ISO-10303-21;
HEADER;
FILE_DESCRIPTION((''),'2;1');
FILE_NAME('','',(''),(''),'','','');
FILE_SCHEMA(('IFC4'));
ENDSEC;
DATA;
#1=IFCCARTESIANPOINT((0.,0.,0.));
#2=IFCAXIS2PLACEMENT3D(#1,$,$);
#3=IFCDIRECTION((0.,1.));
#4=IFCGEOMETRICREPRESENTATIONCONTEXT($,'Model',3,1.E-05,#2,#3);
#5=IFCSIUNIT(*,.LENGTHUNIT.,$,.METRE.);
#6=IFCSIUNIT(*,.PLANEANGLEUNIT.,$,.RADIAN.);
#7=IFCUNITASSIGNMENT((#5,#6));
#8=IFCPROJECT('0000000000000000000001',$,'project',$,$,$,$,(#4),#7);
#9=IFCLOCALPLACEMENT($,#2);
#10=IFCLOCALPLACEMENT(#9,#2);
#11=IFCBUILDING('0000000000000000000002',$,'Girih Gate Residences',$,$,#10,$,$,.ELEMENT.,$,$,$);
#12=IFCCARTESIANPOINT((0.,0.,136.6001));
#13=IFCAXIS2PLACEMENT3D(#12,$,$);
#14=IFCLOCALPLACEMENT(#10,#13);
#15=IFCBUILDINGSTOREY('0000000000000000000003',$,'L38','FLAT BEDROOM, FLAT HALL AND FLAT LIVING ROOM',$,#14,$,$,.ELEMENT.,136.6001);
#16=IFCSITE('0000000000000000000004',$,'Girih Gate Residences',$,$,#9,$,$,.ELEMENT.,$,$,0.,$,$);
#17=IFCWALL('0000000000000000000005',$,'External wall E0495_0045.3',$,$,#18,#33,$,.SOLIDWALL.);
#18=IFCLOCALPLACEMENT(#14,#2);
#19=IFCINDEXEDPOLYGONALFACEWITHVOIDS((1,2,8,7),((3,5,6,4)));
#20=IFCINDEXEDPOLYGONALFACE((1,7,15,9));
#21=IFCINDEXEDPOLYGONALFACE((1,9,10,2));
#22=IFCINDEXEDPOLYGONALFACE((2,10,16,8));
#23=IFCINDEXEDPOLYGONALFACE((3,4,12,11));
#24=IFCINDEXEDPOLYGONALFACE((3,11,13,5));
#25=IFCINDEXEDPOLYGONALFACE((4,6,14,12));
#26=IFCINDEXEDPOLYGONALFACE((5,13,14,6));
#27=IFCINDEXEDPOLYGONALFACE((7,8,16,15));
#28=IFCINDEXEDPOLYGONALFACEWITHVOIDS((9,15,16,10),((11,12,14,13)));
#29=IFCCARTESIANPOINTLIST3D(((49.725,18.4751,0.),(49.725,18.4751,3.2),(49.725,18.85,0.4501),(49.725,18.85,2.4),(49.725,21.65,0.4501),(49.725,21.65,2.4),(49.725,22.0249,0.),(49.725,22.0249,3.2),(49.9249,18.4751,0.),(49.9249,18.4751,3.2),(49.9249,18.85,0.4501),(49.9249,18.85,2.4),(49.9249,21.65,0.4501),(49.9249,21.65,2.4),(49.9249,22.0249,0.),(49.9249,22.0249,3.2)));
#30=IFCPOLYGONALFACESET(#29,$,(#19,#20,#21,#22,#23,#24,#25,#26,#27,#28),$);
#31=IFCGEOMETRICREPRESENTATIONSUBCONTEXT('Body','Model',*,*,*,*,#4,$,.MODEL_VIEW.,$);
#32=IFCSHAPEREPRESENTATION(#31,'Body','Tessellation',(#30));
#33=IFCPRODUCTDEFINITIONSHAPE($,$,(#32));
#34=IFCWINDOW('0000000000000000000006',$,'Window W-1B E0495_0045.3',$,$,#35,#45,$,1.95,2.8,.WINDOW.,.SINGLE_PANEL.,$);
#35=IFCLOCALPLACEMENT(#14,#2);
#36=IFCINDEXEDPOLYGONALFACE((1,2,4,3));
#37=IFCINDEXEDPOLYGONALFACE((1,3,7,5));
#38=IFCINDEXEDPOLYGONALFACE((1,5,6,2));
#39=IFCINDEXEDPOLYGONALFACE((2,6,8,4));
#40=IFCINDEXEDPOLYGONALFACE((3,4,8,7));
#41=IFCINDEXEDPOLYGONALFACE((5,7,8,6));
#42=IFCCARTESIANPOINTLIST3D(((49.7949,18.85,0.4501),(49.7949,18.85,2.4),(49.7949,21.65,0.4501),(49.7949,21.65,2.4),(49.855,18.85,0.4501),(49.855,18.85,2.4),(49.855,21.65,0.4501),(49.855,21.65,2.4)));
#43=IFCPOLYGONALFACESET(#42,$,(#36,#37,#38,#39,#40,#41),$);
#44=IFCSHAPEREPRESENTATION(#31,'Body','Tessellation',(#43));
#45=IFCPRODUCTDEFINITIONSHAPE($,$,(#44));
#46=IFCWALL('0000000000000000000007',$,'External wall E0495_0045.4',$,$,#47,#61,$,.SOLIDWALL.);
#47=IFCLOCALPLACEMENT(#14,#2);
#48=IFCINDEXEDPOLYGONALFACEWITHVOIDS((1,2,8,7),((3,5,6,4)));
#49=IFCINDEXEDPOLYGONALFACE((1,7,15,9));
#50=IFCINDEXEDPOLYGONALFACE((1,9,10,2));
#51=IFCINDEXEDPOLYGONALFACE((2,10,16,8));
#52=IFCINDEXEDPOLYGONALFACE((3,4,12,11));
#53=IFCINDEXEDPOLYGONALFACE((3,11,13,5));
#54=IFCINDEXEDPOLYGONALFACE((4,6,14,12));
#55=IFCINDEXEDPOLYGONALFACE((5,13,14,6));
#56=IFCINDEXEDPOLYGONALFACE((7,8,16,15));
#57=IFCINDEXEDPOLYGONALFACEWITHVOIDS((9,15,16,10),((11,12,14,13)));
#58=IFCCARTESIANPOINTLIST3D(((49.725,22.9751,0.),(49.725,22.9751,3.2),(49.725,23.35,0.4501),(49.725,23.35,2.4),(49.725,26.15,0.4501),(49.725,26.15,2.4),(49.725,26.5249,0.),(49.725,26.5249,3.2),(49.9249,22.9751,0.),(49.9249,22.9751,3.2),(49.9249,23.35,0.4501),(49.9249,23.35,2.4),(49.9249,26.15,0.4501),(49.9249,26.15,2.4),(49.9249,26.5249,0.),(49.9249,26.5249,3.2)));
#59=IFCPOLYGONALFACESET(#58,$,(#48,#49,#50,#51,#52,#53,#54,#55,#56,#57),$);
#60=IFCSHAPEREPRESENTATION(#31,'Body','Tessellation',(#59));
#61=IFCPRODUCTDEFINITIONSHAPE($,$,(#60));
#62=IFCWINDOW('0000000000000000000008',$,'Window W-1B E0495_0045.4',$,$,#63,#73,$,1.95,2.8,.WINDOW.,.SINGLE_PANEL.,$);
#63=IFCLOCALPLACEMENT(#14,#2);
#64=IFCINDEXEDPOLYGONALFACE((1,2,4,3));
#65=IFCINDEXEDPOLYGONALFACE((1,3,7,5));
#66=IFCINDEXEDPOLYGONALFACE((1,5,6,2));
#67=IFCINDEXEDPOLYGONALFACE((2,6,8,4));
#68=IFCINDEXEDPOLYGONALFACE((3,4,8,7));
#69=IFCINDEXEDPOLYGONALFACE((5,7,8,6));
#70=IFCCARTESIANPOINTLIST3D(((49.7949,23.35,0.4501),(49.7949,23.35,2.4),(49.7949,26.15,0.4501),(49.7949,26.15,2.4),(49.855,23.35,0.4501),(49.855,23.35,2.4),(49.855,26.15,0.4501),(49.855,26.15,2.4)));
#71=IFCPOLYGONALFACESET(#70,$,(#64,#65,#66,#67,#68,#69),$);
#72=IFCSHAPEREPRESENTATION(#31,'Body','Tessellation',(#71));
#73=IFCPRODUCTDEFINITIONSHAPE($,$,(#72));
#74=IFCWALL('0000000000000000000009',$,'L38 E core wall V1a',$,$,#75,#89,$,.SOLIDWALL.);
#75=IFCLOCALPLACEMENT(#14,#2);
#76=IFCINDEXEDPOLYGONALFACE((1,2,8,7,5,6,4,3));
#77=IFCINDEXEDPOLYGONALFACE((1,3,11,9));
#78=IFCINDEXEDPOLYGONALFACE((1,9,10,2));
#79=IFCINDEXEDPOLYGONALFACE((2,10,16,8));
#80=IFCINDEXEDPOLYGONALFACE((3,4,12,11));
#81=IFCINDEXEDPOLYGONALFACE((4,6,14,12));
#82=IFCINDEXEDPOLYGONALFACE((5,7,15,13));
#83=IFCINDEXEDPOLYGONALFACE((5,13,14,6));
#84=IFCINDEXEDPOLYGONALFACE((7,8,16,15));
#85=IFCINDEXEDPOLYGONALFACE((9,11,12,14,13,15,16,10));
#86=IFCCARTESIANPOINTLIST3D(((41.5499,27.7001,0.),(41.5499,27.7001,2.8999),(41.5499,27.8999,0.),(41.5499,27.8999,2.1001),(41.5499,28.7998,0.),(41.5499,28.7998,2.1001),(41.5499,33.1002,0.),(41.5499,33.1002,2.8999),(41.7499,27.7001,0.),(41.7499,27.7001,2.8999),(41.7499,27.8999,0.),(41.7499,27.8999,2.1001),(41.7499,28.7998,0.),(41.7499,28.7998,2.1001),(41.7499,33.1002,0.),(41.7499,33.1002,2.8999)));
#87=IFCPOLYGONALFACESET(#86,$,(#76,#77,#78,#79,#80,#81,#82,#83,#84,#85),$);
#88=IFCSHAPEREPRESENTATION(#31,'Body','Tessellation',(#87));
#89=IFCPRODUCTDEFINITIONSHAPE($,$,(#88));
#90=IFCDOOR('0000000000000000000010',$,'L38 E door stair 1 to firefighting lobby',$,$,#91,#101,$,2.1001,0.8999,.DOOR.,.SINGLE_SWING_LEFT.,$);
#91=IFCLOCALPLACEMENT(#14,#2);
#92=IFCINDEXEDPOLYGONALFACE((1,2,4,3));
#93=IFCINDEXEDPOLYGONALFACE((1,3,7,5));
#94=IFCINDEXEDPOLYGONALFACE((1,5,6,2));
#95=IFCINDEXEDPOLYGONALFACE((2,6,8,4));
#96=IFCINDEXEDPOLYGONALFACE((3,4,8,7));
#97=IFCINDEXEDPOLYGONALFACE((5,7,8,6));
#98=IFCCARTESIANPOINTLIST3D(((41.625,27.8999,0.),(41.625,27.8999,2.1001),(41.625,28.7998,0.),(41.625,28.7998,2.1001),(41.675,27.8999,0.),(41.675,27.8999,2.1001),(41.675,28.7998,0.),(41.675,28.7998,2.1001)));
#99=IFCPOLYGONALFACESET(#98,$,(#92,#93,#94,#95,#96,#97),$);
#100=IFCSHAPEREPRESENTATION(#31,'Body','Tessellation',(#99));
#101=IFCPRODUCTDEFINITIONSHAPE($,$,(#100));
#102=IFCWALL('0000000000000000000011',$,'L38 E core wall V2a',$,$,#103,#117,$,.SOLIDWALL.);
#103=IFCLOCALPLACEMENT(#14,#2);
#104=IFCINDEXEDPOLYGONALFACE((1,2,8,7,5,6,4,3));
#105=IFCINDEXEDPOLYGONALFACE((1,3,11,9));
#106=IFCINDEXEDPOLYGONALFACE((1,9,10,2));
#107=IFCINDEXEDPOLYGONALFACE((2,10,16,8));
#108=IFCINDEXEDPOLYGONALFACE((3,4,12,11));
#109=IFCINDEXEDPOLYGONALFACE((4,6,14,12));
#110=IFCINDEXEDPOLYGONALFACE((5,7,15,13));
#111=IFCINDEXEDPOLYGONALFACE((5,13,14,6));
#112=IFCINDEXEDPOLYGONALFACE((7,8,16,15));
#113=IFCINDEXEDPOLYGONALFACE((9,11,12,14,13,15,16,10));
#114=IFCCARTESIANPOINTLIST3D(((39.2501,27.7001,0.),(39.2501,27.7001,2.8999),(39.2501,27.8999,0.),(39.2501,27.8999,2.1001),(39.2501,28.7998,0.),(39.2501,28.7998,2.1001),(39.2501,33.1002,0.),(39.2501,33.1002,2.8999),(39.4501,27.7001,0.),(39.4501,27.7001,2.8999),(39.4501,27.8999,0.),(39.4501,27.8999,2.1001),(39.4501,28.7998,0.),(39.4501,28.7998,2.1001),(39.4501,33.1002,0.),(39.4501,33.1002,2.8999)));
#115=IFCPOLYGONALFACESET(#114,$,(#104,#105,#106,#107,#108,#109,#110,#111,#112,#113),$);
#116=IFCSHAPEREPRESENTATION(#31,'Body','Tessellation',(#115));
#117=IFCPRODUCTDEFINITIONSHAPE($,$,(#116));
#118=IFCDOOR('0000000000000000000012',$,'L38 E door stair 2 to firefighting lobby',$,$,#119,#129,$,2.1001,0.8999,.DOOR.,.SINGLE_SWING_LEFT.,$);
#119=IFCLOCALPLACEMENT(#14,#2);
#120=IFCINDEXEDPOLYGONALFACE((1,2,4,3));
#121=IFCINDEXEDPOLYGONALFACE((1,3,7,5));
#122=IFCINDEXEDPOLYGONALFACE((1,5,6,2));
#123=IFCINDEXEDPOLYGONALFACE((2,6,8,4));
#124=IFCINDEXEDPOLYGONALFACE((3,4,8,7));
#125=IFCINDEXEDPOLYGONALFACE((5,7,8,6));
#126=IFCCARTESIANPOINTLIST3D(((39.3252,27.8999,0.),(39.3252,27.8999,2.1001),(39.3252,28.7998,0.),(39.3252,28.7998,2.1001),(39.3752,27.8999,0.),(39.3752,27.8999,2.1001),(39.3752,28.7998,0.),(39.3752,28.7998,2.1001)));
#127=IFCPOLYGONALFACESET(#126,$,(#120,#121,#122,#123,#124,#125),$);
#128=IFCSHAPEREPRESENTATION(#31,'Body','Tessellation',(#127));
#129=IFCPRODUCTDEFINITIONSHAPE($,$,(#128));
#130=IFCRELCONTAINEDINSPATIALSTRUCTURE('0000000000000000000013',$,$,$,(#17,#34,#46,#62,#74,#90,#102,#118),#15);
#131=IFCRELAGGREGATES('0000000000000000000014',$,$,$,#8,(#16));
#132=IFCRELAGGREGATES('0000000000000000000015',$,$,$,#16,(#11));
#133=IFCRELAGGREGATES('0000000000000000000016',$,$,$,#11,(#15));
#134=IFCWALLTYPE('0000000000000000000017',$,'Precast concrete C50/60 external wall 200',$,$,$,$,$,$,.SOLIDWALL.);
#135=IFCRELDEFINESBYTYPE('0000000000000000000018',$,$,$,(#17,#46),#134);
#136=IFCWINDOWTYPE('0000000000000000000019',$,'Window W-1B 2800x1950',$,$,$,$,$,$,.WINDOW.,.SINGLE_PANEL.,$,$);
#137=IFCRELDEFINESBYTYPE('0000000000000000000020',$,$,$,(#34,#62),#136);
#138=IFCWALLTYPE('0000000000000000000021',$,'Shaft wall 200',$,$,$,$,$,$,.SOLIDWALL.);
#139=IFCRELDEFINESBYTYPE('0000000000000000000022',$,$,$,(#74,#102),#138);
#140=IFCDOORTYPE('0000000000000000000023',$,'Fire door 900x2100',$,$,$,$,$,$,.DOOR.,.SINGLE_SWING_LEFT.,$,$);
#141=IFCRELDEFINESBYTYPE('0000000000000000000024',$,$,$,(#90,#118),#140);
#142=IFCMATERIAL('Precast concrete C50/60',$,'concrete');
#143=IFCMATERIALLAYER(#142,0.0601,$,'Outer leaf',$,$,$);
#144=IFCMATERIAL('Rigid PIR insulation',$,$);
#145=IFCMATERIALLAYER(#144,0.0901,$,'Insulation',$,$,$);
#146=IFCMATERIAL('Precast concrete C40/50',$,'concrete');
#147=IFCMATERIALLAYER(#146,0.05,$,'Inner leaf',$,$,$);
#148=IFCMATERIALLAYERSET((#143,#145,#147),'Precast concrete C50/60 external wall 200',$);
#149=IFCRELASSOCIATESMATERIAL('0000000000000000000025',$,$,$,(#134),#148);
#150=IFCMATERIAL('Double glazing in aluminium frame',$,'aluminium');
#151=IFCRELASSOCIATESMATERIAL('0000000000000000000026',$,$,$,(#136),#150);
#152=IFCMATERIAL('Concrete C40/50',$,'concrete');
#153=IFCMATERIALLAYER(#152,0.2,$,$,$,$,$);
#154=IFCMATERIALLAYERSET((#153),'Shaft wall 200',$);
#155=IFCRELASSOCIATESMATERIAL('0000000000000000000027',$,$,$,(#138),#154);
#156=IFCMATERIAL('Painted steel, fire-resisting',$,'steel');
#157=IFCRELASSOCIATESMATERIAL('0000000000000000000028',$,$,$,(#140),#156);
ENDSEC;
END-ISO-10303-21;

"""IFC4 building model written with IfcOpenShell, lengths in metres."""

from ifc_helpers import new_model, si_unit, direction, frame, frame_2d, origin, place, context, subcontext, project, spatial, rectangle, extrude, material, layer, layer_set, type_object, element, fill, save


model = new_model("IFC4")

# Units and contexts
model_context = context("Model", 3, precision=1e-05, world=origin(), true_north=direction((0.0, 1.0)))
body_context = subcontext(model_context, "Body", "Model", "MODEL_VIEW")
ifc_project = project(units=[si_unit("LENGTHUNIT", "METRE"), si_unit("PLANEANGLEUNIT", "RADIAN")], contexts=[model_context])

# Site, building, storey
site_placement = place(None, origin())
site = spatial("IfcSite", under=ifc_project, at=site_placement, Name="Girih Gate Residences", CompositionType="ELEMENT", RefElevation=0.0)
building_placement = place(site_placement, origin())
building = spatial("IfcBuilding", under=site, at=building_placement, Name="Girih Gate Residences", CompositionType="ELEMENT")
storey_placement = place(building_placement, frame((0.0, 0.0, 136.6001)))
storey = spatial("IfcBuildingStorey", under=building, at=storey_placement, Name="L38", Description="FLAT BEDROOM, FLAT HALL AND FLAT LIVING ROOM", CompositionType="ELEMENT", Elevation=136.6001)

# Shared definitions
ifc_material_1 = material(Name="Painted steel, fire-resisting", Category="steel")

# Walls, openings, windows
ifc_material_2 = material(Name="Precast concrete C50/60", Category="concrete")
ifc_layer_1 = layer(ifc_material_2, 0.0601, Name="Outer leaf")
ifc_material_3 = material(Name="Rigid PIR insulation")
ifc_layer_2 = layer(ifc_material_3, 0.0901, Name="Insulation")
ifc_material_4 = material(Name="Precast concrete C40/50", Category="concrete")
ifc_layer_3 = layer(ifc_material_4, 0.05, Name="Inner leaf")
ifc_layer_set_1 = layer_set([ifc_layer_1, ifc_layer_2, ifc_layer_3], Name="Precast concrete C50/60 external wall 200")
wall_type_1 = type_object("IfcWallType", Name="Precast concrete C50/60 external wall 200", PredefinedType="SOLIDWALL", material=ifc_layer_set_1)
wall_1_placement = place(storey_placement, frame((49.825, 22.0249, 0.0), z_axis=(0.0, 0.0, 1.0), x_axis=(0.0, -1.0, 0.0)))
wall_1 = element("IfcWall", 1, at=wall_1_placement, inside=storey, type_object=wall_type_1, Name="External wall E0495_0045.3", PredefinedType="SOLIDWALL", context=body_context, shape_type="SweptSolid", body=[
    extrude(rectangle(XDim=3.5498, YDim=0.2, at=frame_2d((1.7749, 0.0))), origin(), (0.0, 0.0, 1.0), 3.2),
])
opening_1_placement = place(wall_1_placement, frame((0.375, 0.0, 0.45)))
opening_1 = element("IfcOpeningElement", 2, at=opening_1_placement, cuts=wall_1, PredefinedType="OPENING", context=body_context, shape_type="SweptSolid", body=[
    extrude(rectangle(XDim=2.8, YDim=1.95, at=frame_2d((1.3999, 0.9751))), frame((0.0, 0.1099, 0.0), z_axis=(0.0, -1.0, 0.0), x_axis=(1.0, 0.0, 0.0)), (0.0, 0.0, 1.0), 0.22),
])
ifc_material_5 = material(Name="Double glazing in aluminium frame", Category="aluminium")
window_type = type_object("IfcWindowType", Name="Window W-1B 2800x1950", PartitioningType="SINGLE_PANEL", PredefinedType="WINDOW", material=ifc_material_5)
window_1_placement = place(opening_1_placement, origin())
window_1 = element("IfcWindow", 3, at=window_1_placement, inside=storey, type_object=window_type, Name="Window W-1B E0495_0045.3", OverallHeight=1.95, OverallWidth=2.8, PartitioningType="SINGLE_PANEL", PredefinedType="WINDOW", context=body_context, shape_type="SweptSolid", body=[
    extrude(rectangle(XDim=2.8, YDim=1.95, at=frame_2d((1.3999, 0.9751))), frame((0.0, 0.03, 0.0), z_axis=(0.0, -1.0, 0.0), x_axis=(1.0, 0.0, 0.0)), (0.0, 0.0, 1.0), 0.0601),
])
fill(opening_1, window_1)
wall_2_placement = place(storey_placement, frame((49.825, 26.5249, 0.0), z_axis=(0.0, 0.0, 1.0), x_axis=(0.0, -1.0, 0.0)))
wall_2 = element("IfcWall", 4, at=wall_2_placement, inside=storey, type_object=wall_type_1, Name="External wall E0495_0045.4", PredefinedType="SOLIDWALL", context=body_context, shape_type="SweptSolid", body=[
    extrude(rectangle(XDim=3.5498, YDim=0.2, at=frame_2d((1.7749, 0.0))), origin(), (0.0, 0.0, 1.0), 3.2),
])
opening_2_placement = place(wall_2_placement, frame((0.375, 0.0, 0.45)))
opening_2 = element("IfcOpeningElement", 5, at=opening_2_placement, cuts=wall_2, PredefinedType="OPENING", context=body_context, shape_type="SweptSolid", body=[
    extrude(rectangle(XDim=2.8, YDim=1.95, at=frame_2d((1.3999, 0.9751))), frame((0.0, 0.1099, 0.0), z_axis=(0.0, -1.0, 0.0), x_axis=(1.0, 0.0, 0.0)), (0.0, 0.0, 1.0), 0.22),
])
window_2_placement = place(opening_2_placement, origin())
window_2 = element("IfcWindow", 6, at=window_2_placement, inside=storey, type_object=window_type, Name="Window W-1B E0495_0045.4", OverallHeight=1.95, OverallWidth=2.8, PartitioningType="SINGLE_PANEL", PredefinedType="WINDOW", context=body_context, shape_type="SweptSolid", body=[
    extrude(rectangle(XDim=2.8, YDim=1.95, at=frame_2d((1.3999, 0.9751))), frame((0.0, 0.03, 0.0), z_axis=(0.0, -1.0, 0.0), x_axis=(1.0, 0.0, 0.0)), (0.0, 0.0, 1.0), 0.0601),
])
fill(opening_2, window_2)

# Walls, openings, doors
ifc_material_6 = material(Name="Concrete C40/50", Category="concrete")
ifc_layer_4 = layer(ifc_material_6, 0.2)
ifc_layer_set_2 = layer_set([ifc_layer_4], Name="Shaft wall 200")
wall_type_2 = type_object("IfcWallType", Name="Shaft wall 200", PredefinedType="SOLIDWALL", material=ifc_layer_set_2)
wall_3_placement = place(storey_placement, frame((41.6499, 27.7, 0.0), z_axis=(0.0, 0.0, 1.0), x_axis=(0.0, 1.0, 0.0)))
wall_3 = element("IfcWall", 7, at=wall_3_placement, inside=storey, type_object=wall_type_2, Name="L38 E core wall V1a", PredefinedType="SOLIDWALL", context=body_context, shape_type="SweptSolid", body=[
    extrude(rectangle(XDim=5.4001, YDim=0.2, at=frame_2d((2.7002, 0.0))), origin(), (0.0, 0.0, 1.0), 2.8999),
])
opening_3_placement = place(wall_3_placement, frame((0.2, 0.0, 0.0)))
opening_3 = element("IfcOpeningElement", 8, at=opening_3_placement, cuts=wall_3, PredefinedType="OPENING", context=body_context, shape_type="SweptSolid", body=[
    extrude(rectangle(XDim=0.8999, YDim=2.1001, at=frame_2d((0.45, 1.05))), frame((0.0, 0.1099, 0.0), z_axis=(0.0, -1.0, 0.0), x_axis=(1.0, 0.0, 0.0)), (0.0, 0.0, 1.0), 0.22),
])
door_type_1 = type_object("IfcDoorType", Name="Fire door 900x2100", OperationType="SINGLE_SWING_LEFT", PredefinedType="DOOR", material=ifc_material_1)
door_1_placement = place(opening_3_placement, origin())
door_1 = element("IfcDoor", 9, at=door_1_placement, inside=storey, type_object=door_type_1, Name="L38 E door stair 1 to firefighting lobby", OperationType="SINGLE_SWING_LEFT", OverallHeight=2.1001, OverallWidth=0.8999, PredefinedType="DOOR", context=body_context, shape_type="SweptSolid", body=[
    extrude(rectangle(XDim=0.8999, YDim=2.1001, at=frame_2d((0.45, 1.05))), frame((0.0, 0.0249, 0.0), z_axis=(0.0, -1.0, 0.0), x_axis=(1.0, 0.0, 0.0)), (0.0, 0.0, 1.0), 0.05),
])
fill(opening_3, door_1)
wall_4_placement = place(storey_placement, frame((39.3501, 27.7, 0.0), z_axis=(0.0, 0.0, 1.0), x_axis=(0.0, 1.0, 0.0)))
wall_4 = element("IfcWall", 10, at=wall_4_placement, inside=storey, type_object=wall_type_2, Name="L38 E core wall V2a", PredefinedType="SOLIDWALL", context=body_context, shape_type="SweptSolid", body=[
    extrude(rectangle(XDim=5.4001, YDim=0.2, at=frame_2d((2.7002, 0.0))), origin(), (0.0, 0.0, 1.0), 2.8999),
])
opening_4_placement = place(wall_4_placement, frame((0.2, 0.0, 0.0)))
opening_4 = element("IfcOpeningElement", 11, at=opening_4_placement, cuts=wall_4, PredefinedType="OPENING", context=body_context, shape_type="SweptSolid", body=[
    extrude(rectangle(XDim=0.8999, YDim=2.1001, at=frame_2d((0.45, 1.05))), frame((0.0, 0.1099, 0.0), z_axis=(0.0, -1.0, 0.0), x_axis=(1.0, 0.0, 0.0)), (0.0, 0.0, 1.0), 0.22),
])
door_2_placement = place(opening_4_placement, origin())
door_2 = element("IfcDoor", 12, at=door_2_placement, inside=storey, type_object=door_type_1, Name="L38 E door stair 2 to firefighting lobby", OperationType="SINGLE_SWING_LEFT", OverallHeight=2.1001, OverallWidth=0.8999, PredefinedType="DOOR", context=body_context, shape_type="SweptSolid", body=[
    extrude(rectangle(XDim=0.8999, YDim=2.1001, at=frame_2d((0.45, 1.05))), frame((0.0, 0.0249, 0.0), z_axis=(0.0, -1.0, 0.0), x_axis=(1.0, 0.0, 0.0)), (0.0, 0.0, 1.0), 0.05),
])
fill(opening_4, door_2)

save(model, "model.ifc")
